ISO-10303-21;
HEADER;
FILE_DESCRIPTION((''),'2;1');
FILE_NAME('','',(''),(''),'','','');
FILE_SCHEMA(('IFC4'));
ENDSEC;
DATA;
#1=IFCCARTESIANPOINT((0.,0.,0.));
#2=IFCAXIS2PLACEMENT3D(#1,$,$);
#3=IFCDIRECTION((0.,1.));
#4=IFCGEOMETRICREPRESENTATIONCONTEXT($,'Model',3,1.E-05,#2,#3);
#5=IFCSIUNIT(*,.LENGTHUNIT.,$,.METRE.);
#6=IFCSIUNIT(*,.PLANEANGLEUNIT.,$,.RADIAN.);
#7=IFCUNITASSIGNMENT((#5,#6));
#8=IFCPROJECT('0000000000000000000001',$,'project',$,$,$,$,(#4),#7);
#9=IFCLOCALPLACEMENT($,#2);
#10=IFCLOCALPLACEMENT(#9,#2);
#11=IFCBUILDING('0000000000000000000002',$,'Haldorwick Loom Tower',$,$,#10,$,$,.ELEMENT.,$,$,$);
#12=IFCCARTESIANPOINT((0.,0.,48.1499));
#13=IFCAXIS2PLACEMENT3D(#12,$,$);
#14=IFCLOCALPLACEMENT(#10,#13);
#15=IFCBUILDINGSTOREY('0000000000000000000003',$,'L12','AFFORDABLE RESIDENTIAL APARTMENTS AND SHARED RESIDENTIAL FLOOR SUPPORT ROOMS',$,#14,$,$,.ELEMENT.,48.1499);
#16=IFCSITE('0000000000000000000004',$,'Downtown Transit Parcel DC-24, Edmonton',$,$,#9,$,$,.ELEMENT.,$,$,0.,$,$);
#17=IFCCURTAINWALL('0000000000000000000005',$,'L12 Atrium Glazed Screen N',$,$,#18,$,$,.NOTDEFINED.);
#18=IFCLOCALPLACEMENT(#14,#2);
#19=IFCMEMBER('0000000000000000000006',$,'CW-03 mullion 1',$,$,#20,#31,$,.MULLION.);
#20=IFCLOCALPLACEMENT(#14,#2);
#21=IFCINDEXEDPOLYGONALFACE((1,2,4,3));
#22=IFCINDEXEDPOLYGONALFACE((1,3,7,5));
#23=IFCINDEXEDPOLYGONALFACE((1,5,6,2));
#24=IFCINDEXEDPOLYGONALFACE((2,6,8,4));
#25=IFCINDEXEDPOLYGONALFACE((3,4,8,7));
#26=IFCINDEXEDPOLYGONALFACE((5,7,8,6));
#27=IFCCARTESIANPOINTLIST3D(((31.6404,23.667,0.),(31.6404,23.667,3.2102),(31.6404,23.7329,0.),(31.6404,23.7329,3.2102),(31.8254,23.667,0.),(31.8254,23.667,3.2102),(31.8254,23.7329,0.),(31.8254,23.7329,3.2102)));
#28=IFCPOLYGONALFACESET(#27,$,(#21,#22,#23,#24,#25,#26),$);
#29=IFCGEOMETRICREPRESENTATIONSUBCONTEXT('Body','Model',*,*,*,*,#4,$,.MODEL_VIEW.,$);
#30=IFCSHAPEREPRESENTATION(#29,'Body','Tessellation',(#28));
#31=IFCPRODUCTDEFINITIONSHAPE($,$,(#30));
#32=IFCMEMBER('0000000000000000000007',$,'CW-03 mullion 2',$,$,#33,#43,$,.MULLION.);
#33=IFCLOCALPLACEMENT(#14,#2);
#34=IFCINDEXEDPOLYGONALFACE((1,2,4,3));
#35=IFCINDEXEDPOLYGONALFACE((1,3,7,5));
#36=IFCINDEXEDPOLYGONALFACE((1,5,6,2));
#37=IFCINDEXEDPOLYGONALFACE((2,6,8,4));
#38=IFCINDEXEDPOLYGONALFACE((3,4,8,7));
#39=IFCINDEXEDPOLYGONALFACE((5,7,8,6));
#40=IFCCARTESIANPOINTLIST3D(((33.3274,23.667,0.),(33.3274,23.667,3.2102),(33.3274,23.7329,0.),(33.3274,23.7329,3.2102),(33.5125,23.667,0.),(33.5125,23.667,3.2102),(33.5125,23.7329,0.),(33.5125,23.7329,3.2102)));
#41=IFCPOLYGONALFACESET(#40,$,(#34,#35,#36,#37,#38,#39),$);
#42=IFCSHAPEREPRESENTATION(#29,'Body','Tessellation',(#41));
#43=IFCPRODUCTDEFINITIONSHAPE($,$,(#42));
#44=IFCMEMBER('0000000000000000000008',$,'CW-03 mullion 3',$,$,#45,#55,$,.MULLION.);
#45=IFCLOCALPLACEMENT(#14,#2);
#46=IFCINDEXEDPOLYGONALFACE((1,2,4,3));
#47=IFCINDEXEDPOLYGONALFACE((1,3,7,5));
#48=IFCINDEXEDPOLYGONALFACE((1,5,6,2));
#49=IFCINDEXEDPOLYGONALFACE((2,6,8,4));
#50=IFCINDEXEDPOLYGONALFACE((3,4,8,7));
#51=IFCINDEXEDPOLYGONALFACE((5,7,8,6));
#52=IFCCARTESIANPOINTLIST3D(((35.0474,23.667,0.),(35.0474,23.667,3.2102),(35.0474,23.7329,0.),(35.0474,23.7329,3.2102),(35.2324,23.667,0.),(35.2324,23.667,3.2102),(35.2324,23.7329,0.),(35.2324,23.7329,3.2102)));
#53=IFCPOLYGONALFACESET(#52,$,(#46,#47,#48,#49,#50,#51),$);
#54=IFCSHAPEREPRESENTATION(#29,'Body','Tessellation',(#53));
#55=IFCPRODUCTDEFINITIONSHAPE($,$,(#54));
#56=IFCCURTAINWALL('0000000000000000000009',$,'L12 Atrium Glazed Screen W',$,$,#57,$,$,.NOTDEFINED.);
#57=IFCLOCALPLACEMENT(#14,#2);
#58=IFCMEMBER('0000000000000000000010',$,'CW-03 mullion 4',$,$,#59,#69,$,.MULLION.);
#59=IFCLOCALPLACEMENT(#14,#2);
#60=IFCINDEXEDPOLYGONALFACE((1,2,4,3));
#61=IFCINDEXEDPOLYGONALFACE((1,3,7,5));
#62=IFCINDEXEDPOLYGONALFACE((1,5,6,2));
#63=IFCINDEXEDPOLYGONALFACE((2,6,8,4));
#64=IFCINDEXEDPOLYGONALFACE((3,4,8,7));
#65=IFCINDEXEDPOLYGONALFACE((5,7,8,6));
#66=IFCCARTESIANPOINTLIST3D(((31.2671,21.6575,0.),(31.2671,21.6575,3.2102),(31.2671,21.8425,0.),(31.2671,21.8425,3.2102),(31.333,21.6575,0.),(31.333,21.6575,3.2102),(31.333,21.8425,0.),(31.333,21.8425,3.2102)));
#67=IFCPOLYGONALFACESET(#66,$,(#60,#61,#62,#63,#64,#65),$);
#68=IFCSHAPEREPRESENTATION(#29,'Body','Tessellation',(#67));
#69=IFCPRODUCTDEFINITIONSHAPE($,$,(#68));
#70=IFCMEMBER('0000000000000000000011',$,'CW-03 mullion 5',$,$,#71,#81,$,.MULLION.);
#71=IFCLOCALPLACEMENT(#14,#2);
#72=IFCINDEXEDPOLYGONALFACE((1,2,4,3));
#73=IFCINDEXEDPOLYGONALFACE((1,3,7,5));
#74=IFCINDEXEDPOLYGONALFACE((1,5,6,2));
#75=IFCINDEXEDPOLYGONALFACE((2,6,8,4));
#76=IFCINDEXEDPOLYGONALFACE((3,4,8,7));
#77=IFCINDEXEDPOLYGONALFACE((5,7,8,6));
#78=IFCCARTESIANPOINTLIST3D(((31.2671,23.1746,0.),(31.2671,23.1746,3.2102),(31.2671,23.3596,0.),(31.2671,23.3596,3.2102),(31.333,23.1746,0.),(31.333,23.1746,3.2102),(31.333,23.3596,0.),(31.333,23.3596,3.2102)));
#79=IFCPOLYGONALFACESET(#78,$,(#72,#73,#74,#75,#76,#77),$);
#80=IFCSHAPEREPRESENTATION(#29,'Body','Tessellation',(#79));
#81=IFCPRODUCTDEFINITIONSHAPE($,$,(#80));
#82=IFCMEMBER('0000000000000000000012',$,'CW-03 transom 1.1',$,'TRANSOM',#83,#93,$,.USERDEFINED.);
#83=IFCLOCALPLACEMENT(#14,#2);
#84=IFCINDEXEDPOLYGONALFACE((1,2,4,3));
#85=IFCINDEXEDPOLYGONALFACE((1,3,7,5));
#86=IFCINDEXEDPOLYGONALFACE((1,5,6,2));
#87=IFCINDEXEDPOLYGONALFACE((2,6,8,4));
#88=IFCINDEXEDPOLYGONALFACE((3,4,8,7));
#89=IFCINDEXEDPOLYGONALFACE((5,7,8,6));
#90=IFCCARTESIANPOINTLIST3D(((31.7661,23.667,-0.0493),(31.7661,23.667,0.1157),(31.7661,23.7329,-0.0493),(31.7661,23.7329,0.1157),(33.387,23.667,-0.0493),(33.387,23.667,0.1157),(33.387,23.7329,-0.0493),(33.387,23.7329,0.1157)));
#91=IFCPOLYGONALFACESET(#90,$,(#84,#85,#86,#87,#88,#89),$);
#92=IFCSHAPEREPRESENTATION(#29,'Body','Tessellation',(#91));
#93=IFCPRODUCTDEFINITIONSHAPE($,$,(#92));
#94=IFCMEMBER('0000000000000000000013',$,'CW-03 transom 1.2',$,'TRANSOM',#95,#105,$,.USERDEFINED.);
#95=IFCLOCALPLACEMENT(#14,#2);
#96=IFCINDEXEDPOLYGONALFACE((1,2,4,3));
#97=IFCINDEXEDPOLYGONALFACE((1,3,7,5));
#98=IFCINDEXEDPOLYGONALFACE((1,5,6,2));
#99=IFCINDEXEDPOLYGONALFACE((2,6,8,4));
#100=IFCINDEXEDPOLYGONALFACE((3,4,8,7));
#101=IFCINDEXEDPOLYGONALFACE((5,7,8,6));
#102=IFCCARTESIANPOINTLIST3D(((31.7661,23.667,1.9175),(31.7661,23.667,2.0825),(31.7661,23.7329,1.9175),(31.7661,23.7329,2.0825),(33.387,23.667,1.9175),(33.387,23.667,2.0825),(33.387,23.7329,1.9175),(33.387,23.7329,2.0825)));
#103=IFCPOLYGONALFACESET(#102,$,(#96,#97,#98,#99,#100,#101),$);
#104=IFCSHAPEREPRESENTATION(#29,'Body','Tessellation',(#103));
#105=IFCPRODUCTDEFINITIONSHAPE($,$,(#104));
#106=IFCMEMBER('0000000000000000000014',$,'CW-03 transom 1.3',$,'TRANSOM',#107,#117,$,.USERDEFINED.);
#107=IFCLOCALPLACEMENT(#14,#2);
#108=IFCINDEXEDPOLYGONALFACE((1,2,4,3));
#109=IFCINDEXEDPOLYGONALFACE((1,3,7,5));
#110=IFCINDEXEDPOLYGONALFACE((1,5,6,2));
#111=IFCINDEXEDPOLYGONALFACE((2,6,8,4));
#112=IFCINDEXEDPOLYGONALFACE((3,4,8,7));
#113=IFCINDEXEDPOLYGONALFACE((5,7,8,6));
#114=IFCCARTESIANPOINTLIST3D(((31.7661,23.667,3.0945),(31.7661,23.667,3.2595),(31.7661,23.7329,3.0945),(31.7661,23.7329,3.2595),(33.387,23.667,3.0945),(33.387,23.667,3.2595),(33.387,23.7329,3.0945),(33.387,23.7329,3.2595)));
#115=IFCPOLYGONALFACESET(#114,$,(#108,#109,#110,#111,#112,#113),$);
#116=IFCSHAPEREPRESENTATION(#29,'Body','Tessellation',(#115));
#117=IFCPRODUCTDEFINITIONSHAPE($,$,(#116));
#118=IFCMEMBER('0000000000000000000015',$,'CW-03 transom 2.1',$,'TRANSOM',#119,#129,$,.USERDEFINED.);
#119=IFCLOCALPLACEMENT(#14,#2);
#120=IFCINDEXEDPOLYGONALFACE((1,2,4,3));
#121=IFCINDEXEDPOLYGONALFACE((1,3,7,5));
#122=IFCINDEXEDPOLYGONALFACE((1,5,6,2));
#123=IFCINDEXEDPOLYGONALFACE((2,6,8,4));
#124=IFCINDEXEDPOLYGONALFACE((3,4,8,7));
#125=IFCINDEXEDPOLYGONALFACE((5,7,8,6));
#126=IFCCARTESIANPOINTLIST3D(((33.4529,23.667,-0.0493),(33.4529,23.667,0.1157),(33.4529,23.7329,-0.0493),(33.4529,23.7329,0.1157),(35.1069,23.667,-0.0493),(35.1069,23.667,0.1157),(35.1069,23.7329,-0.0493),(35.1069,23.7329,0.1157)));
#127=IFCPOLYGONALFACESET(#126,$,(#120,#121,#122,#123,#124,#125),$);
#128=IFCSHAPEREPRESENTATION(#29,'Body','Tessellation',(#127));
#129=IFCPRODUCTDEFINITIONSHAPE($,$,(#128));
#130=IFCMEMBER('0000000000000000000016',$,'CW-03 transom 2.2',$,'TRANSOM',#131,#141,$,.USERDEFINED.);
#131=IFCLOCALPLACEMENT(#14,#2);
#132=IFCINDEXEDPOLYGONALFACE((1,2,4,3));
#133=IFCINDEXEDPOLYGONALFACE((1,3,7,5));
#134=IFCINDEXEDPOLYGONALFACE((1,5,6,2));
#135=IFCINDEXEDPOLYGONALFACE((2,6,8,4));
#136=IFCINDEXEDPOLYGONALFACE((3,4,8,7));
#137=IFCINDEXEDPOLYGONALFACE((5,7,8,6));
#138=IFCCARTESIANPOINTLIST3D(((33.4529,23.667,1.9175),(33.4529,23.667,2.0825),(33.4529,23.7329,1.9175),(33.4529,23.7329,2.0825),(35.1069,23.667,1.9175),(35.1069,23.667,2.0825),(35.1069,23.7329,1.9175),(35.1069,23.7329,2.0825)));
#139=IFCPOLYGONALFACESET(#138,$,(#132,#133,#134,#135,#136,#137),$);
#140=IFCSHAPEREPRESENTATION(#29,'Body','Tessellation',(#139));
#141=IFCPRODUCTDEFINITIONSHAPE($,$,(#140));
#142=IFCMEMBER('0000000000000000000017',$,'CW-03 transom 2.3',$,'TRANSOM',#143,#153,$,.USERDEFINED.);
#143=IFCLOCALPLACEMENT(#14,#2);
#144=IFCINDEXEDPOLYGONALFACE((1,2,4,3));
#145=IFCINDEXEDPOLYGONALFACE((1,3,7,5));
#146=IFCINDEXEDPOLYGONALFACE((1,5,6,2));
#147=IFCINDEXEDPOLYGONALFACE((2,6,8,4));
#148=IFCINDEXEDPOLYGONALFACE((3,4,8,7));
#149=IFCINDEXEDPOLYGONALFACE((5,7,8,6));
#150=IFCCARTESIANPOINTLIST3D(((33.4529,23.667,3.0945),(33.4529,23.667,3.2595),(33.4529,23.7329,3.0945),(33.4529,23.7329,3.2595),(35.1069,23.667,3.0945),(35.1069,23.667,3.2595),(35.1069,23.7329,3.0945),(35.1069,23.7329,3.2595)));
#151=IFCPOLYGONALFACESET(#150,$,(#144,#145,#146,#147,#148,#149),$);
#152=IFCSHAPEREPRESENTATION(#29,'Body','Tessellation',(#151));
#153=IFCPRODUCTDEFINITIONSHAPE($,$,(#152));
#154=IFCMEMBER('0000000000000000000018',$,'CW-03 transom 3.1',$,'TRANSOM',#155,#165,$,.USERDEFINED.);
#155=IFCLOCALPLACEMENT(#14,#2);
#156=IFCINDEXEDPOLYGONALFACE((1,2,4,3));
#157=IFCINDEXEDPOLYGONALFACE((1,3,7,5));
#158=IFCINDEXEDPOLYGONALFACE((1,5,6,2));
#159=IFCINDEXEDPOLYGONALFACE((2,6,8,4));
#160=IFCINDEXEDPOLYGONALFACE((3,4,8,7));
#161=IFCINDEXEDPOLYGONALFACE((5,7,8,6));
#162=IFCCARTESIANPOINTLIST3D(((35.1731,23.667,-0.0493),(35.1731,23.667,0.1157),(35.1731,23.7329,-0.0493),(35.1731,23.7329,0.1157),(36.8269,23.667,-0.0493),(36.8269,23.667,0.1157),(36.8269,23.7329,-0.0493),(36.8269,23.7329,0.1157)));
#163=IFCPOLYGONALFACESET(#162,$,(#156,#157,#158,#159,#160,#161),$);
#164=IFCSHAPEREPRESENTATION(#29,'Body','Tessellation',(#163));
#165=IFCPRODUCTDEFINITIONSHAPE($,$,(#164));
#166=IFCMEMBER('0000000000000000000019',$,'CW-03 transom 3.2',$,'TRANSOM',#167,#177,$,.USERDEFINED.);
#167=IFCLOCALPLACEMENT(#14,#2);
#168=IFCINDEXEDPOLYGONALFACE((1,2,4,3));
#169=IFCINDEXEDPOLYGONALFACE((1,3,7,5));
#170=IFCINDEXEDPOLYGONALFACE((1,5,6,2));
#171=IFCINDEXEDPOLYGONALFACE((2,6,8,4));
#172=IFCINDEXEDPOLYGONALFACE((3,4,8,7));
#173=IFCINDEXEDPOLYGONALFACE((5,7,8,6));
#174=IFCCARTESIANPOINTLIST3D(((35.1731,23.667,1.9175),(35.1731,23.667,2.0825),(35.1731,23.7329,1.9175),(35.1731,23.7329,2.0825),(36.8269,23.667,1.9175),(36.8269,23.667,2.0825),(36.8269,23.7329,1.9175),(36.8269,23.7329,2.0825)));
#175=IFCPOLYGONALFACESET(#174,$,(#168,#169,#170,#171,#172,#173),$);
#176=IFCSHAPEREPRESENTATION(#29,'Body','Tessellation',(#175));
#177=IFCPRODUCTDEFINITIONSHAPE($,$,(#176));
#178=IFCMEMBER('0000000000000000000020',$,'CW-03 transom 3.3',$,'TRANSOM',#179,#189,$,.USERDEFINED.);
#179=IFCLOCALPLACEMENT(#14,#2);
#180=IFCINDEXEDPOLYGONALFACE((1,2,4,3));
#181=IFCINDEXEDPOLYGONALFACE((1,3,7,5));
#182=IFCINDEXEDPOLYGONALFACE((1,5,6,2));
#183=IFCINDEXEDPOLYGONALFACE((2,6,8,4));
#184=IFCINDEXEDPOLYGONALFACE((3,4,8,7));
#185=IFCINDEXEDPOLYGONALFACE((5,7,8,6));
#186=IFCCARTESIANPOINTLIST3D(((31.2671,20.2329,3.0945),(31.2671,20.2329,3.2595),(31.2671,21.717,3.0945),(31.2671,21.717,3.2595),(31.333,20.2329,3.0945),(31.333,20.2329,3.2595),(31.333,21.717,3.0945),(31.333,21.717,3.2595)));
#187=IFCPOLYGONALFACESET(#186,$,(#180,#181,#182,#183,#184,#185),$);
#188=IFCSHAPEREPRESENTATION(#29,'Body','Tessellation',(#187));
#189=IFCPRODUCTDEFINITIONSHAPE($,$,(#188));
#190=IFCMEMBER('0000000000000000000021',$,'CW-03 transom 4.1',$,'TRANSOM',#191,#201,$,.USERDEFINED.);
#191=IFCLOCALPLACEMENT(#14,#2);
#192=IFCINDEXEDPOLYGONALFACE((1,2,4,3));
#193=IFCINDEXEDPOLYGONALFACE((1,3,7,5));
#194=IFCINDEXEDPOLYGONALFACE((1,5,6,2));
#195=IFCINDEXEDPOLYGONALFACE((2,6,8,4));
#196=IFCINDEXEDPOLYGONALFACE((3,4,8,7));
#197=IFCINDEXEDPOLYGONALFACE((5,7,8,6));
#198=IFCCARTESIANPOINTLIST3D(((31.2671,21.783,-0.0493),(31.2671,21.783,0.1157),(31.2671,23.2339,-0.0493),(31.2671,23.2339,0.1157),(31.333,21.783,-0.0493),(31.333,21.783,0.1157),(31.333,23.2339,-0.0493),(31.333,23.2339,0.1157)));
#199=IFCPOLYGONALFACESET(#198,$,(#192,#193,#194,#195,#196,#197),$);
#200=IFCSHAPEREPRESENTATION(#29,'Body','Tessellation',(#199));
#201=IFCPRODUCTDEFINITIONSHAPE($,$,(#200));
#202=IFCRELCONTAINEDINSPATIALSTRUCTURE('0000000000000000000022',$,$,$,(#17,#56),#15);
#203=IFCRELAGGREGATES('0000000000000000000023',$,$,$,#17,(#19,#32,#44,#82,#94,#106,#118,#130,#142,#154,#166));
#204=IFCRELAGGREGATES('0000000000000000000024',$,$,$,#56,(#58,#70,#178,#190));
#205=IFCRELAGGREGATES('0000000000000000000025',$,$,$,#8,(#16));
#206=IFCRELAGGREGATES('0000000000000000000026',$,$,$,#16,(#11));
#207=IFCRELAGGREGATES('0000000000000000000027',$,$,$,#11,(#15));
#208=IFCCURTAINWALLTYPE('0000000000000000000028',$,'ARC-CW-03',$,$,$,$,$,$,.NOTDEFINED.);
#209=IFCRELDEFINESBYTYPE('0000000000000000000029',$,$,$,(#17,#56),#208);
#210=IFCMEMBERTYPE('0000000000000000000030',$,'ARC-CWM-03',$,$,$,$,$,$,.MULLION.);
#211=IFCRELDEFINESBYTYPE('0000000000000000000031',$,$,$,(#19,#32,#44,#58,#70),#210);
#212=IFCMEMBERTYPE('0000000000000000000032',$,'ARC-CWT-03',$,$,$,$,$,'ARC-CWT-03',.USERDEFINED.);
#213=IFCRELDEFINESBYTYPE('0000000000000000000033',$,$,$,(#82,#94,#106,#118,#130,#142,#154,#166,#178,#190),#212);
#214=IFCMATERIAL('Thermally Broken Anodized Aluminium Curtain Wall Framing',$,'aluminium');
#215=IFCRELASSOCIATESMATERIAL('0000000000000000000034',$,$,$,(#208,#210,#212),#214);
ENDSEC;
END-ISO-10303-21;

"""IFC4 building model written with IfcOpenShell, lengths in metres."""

from ifc_helpers import new_model, si_unit, direction, frame, origin, origin_2d, place, context, subcontext, project, spatial, rectangle, extrude, material, material_profile, profile_set, type_object, element, aggregate, save


model = new_model("IFC4")

# Units and contexts
model_context = context("Model", 3, precision=1e-05, world=origin(), true_north=direction((0.0, 1.0)))
body_context = subcontext(model_context, "Body", "Model", "MODEL_VIEW")
ifc_project = project(units=[si_unit("LENGTHUNIT", "METRE"), si_unit("PLANEANGLEUNIT", "RADIAN")], contexts=[model_context])

# Site, building, storey
site_placement = place(None, origin())
site = spatial("IfcSite", under=ifc_project, at=site_placement, Name="Downtown Transit Parcel DC-24, Edmonton", CompositionType="ELEMENT", RefElevation=0.0)
building_placement = place(site_placement, origin())
building = spatial("IfcBuilding", under=site, at=building_placement, Name="Haldorwick Loom Tower", CompositionType="ELEMENT")
storey_placement = place(building_placement, frame((0.0, 0.0, 48.1499)))
storey = spatial("IfcBuildingStorey", under=building, at=storey_placement, Name="L12", Description="AFFORDABLE RESIDENTIAL APARTMENTS AND SHARED RESIDENTIAL FLOOR SUPPORT ROOMS", CompositionType="ELEMENT", Elevation=48.1499)

# Curtain walls, members
ifc_material_1 = material(Name="Thermally Broken Anodized Aluminium Curtain Wall Framing", Category="aluminium")
curtain_wall_type = type_object("IfcCurtainWallType", Name="ARC-CW-03", PredefinedType="NOTDEFINED", material=ifc_material_1)
curtain_wall_1_placement = place(storey_placement, origin())
curtain_wall_1 = element("IfcCurtainWall", 1, at=curtain_wall_1_placement, inside=storey, type_object=curtain_wall_type, Name="L12 Atrium Glazed Screen N", PredefinedType="NOTDEFINED")
ifc_material_profile_1 = material_profile(ifc_material_1, rectangle(XDim=0.0659, YDim=0.1851, at=origin_2d()), Name="ALU_MUL_66X185", Category="aluminium")
ifc_profile_set_1 = profile_set([ifc_material_profile_1], Name="Thermally Broken Anodized Aluminium Curtain Wall Framing")
member_type_1 = type_object("IfcMemberType", Name="ARC-CWM-03", PredefinedType="MULLION", material=ifc_profile_set_1)
member_1_placement = place(storey_placement, frame((31.7329, 23.7, 0.0), z_axis=(0.0, 0.0, 1.0), x_axis=(0.0, 1.0, 0.0)))
member_1 = element("IfcMember", 2, at=member_1_placement, type_object=member_type_1, Name="CW-03 mullion 1", PredefinedType="MULLION", context=body_context, shape_type="SweptSolid", body=[
    extrude(rectangle(XDim=0.0659, YDim=0.1851, at=origin_2d()), origin(), (0.0, 0.0, 1.0), 3.2102),
])
member_2_placement = place(storey_placement, frame((33.4199, 23.7, 0.0), z_axis=(0.0, 0.0, 1.0), x_axis=(0.0, 1.0, 0.0)))
member_2 = element("IfcMember", 3, at=member_2_placement, type_object=member_type_1, Name="CW-03 mullion 2", PredefinedType="MULLION", context=body_context, shape_type="SweptSolid", body=[
    extrude(rectangle(XDim=0.0659, YDim=0.1851, at=origin_2d()), origin(), (0.0, 0.0, 1.0), 3.2102),
])
member_3_placement = place(storey_placement, frame((35.1399, 23.7, 0.0), z_axis=(0.0, 0.0, 1.0), x_axis=(0.0, 1.0, 0.0)))
member_3 = element("IfcMember", 4, at=member_3_placement, type_object=member_type_1, Name="CW-03 mullion 3", PredefinedType="MULLION", context=body_context, shape_type="SweptSolid", body=[
    extrude(rectangle(XDim=0.0659, YDim=0.1851, at=origin_2d()), origin(), (0.0, 0.0, 1.0), 3.2102),
])
curtain_wall_2_placement = place(storey_placement, origin())
curtain_wall_2 = element("IfcCurtainWall", 5, at=curtain_wall_2_placement, inside=storey, type_object=curtain_wall_type, Name="L12 Atrium Glazed Screen W", PredefinedType="NOTDEFINED")
member_4_placement = place(storey_placement, frame((31.3, 21.75, 0.0), z_axis=(0.0, 0.0, 1.0), x_axis=(-1.0, 0.0, 0.0)))
member_4 = element("IfcMember", 6, at=member_4_placement, type_object=member_type_1, Name="CW-03 mullion 4", PredefinedType="MULLION", context=body_context, shape_type="SweptSolid", body=[
    extrude(rectangle(XDim=0.0659, YDim=0.1851, at=origin_2d()), origin(), (0.0, 0.0, 1.0), 3.2102),
])
member_5_placement = place(storey_placement, frame((31.3, 23.2671, 0.0), z_axis=(0.0, 0.0, 1.0), x_axis=(-1.0, 0.0, 0.0)))
member_5 = element("IfcMember", 7, at=member_5_placement, type_object=member_type_1, Name="CW-03 mullion 5", PredefinedType="MULLION", context=body_context, shape_type="SweptSolid", body=[
    extrude(rectangle(XDim=0.0659, YDim=0.1851, at=origin_2d()), origin(), (0.0, 0.0, 1.0), 3.2102),
])

# Members
ifc_material_profile_2 = material_profile(ifc_material_1, rectangle(XDim=0.0659, YDim=0.165, at=origin_2d()), Name="ALU_TRN_66X165", Category="aluminium")
ifc_profile_set_2 = profile_set([ifc_material_profile_2], Name="Thermally Broken Anodized Aluminium Curtain Wall Framing")
member_type_2 = type_object("IfcMemberType", Name="ARC-CWT-03", ElementType="ARC-CWT-03", PredefinedType="USERDEFINED", material=ifc_profile_set_2)
member_6_placement = place(storey_placement, frame((31.7661, 23.7, 0.0332), z_axis=(1.0, 0.0, 0.0), x_axis=(0.0, 1.0, 0.0)))
member_6 = element("IfcMember", 8, at=member_6_placement, type_object=member_type_2, Name="CW-03 transom 1.1", ObjectType="TRANSOM", PredefinedType="USERDEFINED", context=body_context, shape_type="SweptSolid", body=[
    extrude(rectangle(XDim=0.0659, YDim=0.165, at=origin_2d()), origin(), (0.0, 0.0, 1.0), 1.6208),
])
member_7_placement = place(storey_placement, frame((31.7661, 23.7, 2.0), z_axis=(1.0, 0.0, 0.0), x_axis=(0.0, 1.0, 0.0)))
member_7 = element("IfcMember", 9, at=member_7_placement, type_object=member_type_2, Name="CW-03 transom 1.2", ObjectType="TRANSOM", PredefinedType="USERDEFINED", context=body_context, shape_type="SweptSolid", body=[
    extrude(rectangle(XDim=0.0659, YDim=0.165, at=origin_2d()), origin(), (0.0, 0.0, 1.0), 1.6208),
])
member_8_placement = place(storey_placement, frame((31.7661, 23.7, 3.177), z_axis=(1.0, 0.0, 0.0), x_axis=(0.0, 1.0, 0.0)))
member_8 = element("IfcMember", 10, at=member_8_placement, type_object=member_type_2, Name="CW-03 transom 1.3", ObjectType="TRANSOM", PredefinedType="USERDEFINED", context=body_context, shape_type="SweptSolid", body=[
    extrude(rectangle(XDim=0.0659, YDim=0.165, at=origin_2d()), origin(), (0.0, 0.0, 1.0), 1.6208),
])
member_9_placement = place(storey_placement, frame((33.4529, 23.7, 0.0332), z_axis=(1.0, 0.0, 0.0), x_axis=(0.0, 1.0, 0.0)))
member_9 = element("IfcMember", 11, at=member_9_placement, type_object=member_type_2, Name="CW-03 transom 2.1", ObjectType="TRANSOM", PredefinedType="USERDEFINED", context=body_context, shape_type="SweptSolid", body=[
    extrude(rectangle(XDim=0.0659, YDim=0.165, at=origin_2d()), origin(), (0.0, 0.0, 1.0), 1.6541),
])
member_10_placement = place(storey_placement, frame((33.4529, 23.7, 2.0), z_axis=(1.0, 0.0, 0.0), x_axis=(0.0, 1.0, 0.0)))
member_10 = element("IfcMember", 12, at=member_10_placement, type_object=member_type_2, Name="CW-03 transom 2.2", ObjectType="TRANSOM", PredefinedType="USERDEFINED", context=body_context, shape_type="SweptSolid", body=[
    extrude(rectangle(XDim=0.0659, YDim=0.165, at=origin_2d()), origin(), (0.0, 0.0, 1.0), 1.6541),
])
member_11_placement = place(storey_placement, frame((33.4529, 23.7, 3.177), z_axis=(1.0, 0.0, 0.0), x_axis=(0.0, 1.0, 0.0)))
member_11 = element("IfcMember", 13, at=member_11_placement, type_object=member_type_2, Name="CW-03 transom 2.3", ObjectType="TRANSOM", PredefinedType="USERDEFINED", context=body_context, shape_type="SweptSolid", body=[
    extrude(rectangle(XDim=0.0659, YDim=0.165, at=origin_2d()), origin(), (0.0, 0.0, 1.0), 1.6541),
])
member_12_placement = place(storey_placement, frame((35.1731, 23.7, 0.0332), z_axis=(1.0, 0.0, 0.0), x_axis=(0.0, 1.0, 0.0)))
member_12 = element("IfcMember", 14, at=member_12_placement, type_object=member_type_2, Name="CW-03 transom 3.1", ObjectType="TRANSOM", PredefinedType="USERDEFINED", context=body_context, shape_type="SweptSolid", body=[
    extrude(rectangle(XDim=0.0659, YDim=0.165, at=origin_2d()), origin(), (0.0, 0.0, 1.0), 1.6538),
])
member_13_placement = place(storey_placement, frame((35.1731, 23.7, 2.0), z_axis=(1.0, 0.0, 0.0), x_axis=(0.0, 1.0, 0.0)))
member_13 = element("IfcMember", 15, at=member_13_placement, type_object=member_type_2, Name="CW-03 transom 3.2", ObjectType="TRANSOM", PredefinedType="USERDEFINED", context=body_context, shape_type="SweptSolid", body=[
    extrude(rectangle(XDim=0.0659, YDim=0.165, at=origin_2d()), origin(), (0.0, 0.0, 1.0), 1.6538),
])
member_14_placement = place(storey_placement, frame((31.3, 20.2329, 3.177), z_axis=(0.0, 1.0, 0.0), x_axis=(-1.0, 0.0, 0.0)))
member_14 = element("IfcMember", 16, at=member_14_placement, type_object=member_type_2, Name="CW-03 transom 3.3", ObjectType="TRANSOM", PredefinedType="USERDEFINED", context=body_context, shape_type="SweptSolid", body=[
    extrude(rectangle(XDim=0.0659, YDim=0.165, at=origin_2d()), origin(), (0.0, 0.0, 1.0), 1.4841),
])
member_15_placement = place(storey_placement, frame((31.3, 21.783, 0.0332), z_axis=(0.0, 1.0, 0.0), x_axis=(-1.0, 0.0, 0.0)))
member_15 = element("IfcMember", 17, at=member_15_placement, type_object=member_type_2, Name="CW-03 transom 4.1", ObjectType="TRANSOM", PredefinedType="USERDEFINED", context=body_context, shape_type="SweptSolid", body=[
    extrude(rectangle(XDim=0.0659, YDim=0.165, at=origin_2d()), origin(), (0.0, 0.0, 1.0), 1.4509),
])

aggregate(curtain_wall_1, [member_1, member_2, member_3, member_6, member_7, member_8, member_9, member_10, member_11, member_12, member_13])
aggregate(curtain_wall_2, [member_4, member_5, member_14, member_15])

save(model, "model.ifc")
